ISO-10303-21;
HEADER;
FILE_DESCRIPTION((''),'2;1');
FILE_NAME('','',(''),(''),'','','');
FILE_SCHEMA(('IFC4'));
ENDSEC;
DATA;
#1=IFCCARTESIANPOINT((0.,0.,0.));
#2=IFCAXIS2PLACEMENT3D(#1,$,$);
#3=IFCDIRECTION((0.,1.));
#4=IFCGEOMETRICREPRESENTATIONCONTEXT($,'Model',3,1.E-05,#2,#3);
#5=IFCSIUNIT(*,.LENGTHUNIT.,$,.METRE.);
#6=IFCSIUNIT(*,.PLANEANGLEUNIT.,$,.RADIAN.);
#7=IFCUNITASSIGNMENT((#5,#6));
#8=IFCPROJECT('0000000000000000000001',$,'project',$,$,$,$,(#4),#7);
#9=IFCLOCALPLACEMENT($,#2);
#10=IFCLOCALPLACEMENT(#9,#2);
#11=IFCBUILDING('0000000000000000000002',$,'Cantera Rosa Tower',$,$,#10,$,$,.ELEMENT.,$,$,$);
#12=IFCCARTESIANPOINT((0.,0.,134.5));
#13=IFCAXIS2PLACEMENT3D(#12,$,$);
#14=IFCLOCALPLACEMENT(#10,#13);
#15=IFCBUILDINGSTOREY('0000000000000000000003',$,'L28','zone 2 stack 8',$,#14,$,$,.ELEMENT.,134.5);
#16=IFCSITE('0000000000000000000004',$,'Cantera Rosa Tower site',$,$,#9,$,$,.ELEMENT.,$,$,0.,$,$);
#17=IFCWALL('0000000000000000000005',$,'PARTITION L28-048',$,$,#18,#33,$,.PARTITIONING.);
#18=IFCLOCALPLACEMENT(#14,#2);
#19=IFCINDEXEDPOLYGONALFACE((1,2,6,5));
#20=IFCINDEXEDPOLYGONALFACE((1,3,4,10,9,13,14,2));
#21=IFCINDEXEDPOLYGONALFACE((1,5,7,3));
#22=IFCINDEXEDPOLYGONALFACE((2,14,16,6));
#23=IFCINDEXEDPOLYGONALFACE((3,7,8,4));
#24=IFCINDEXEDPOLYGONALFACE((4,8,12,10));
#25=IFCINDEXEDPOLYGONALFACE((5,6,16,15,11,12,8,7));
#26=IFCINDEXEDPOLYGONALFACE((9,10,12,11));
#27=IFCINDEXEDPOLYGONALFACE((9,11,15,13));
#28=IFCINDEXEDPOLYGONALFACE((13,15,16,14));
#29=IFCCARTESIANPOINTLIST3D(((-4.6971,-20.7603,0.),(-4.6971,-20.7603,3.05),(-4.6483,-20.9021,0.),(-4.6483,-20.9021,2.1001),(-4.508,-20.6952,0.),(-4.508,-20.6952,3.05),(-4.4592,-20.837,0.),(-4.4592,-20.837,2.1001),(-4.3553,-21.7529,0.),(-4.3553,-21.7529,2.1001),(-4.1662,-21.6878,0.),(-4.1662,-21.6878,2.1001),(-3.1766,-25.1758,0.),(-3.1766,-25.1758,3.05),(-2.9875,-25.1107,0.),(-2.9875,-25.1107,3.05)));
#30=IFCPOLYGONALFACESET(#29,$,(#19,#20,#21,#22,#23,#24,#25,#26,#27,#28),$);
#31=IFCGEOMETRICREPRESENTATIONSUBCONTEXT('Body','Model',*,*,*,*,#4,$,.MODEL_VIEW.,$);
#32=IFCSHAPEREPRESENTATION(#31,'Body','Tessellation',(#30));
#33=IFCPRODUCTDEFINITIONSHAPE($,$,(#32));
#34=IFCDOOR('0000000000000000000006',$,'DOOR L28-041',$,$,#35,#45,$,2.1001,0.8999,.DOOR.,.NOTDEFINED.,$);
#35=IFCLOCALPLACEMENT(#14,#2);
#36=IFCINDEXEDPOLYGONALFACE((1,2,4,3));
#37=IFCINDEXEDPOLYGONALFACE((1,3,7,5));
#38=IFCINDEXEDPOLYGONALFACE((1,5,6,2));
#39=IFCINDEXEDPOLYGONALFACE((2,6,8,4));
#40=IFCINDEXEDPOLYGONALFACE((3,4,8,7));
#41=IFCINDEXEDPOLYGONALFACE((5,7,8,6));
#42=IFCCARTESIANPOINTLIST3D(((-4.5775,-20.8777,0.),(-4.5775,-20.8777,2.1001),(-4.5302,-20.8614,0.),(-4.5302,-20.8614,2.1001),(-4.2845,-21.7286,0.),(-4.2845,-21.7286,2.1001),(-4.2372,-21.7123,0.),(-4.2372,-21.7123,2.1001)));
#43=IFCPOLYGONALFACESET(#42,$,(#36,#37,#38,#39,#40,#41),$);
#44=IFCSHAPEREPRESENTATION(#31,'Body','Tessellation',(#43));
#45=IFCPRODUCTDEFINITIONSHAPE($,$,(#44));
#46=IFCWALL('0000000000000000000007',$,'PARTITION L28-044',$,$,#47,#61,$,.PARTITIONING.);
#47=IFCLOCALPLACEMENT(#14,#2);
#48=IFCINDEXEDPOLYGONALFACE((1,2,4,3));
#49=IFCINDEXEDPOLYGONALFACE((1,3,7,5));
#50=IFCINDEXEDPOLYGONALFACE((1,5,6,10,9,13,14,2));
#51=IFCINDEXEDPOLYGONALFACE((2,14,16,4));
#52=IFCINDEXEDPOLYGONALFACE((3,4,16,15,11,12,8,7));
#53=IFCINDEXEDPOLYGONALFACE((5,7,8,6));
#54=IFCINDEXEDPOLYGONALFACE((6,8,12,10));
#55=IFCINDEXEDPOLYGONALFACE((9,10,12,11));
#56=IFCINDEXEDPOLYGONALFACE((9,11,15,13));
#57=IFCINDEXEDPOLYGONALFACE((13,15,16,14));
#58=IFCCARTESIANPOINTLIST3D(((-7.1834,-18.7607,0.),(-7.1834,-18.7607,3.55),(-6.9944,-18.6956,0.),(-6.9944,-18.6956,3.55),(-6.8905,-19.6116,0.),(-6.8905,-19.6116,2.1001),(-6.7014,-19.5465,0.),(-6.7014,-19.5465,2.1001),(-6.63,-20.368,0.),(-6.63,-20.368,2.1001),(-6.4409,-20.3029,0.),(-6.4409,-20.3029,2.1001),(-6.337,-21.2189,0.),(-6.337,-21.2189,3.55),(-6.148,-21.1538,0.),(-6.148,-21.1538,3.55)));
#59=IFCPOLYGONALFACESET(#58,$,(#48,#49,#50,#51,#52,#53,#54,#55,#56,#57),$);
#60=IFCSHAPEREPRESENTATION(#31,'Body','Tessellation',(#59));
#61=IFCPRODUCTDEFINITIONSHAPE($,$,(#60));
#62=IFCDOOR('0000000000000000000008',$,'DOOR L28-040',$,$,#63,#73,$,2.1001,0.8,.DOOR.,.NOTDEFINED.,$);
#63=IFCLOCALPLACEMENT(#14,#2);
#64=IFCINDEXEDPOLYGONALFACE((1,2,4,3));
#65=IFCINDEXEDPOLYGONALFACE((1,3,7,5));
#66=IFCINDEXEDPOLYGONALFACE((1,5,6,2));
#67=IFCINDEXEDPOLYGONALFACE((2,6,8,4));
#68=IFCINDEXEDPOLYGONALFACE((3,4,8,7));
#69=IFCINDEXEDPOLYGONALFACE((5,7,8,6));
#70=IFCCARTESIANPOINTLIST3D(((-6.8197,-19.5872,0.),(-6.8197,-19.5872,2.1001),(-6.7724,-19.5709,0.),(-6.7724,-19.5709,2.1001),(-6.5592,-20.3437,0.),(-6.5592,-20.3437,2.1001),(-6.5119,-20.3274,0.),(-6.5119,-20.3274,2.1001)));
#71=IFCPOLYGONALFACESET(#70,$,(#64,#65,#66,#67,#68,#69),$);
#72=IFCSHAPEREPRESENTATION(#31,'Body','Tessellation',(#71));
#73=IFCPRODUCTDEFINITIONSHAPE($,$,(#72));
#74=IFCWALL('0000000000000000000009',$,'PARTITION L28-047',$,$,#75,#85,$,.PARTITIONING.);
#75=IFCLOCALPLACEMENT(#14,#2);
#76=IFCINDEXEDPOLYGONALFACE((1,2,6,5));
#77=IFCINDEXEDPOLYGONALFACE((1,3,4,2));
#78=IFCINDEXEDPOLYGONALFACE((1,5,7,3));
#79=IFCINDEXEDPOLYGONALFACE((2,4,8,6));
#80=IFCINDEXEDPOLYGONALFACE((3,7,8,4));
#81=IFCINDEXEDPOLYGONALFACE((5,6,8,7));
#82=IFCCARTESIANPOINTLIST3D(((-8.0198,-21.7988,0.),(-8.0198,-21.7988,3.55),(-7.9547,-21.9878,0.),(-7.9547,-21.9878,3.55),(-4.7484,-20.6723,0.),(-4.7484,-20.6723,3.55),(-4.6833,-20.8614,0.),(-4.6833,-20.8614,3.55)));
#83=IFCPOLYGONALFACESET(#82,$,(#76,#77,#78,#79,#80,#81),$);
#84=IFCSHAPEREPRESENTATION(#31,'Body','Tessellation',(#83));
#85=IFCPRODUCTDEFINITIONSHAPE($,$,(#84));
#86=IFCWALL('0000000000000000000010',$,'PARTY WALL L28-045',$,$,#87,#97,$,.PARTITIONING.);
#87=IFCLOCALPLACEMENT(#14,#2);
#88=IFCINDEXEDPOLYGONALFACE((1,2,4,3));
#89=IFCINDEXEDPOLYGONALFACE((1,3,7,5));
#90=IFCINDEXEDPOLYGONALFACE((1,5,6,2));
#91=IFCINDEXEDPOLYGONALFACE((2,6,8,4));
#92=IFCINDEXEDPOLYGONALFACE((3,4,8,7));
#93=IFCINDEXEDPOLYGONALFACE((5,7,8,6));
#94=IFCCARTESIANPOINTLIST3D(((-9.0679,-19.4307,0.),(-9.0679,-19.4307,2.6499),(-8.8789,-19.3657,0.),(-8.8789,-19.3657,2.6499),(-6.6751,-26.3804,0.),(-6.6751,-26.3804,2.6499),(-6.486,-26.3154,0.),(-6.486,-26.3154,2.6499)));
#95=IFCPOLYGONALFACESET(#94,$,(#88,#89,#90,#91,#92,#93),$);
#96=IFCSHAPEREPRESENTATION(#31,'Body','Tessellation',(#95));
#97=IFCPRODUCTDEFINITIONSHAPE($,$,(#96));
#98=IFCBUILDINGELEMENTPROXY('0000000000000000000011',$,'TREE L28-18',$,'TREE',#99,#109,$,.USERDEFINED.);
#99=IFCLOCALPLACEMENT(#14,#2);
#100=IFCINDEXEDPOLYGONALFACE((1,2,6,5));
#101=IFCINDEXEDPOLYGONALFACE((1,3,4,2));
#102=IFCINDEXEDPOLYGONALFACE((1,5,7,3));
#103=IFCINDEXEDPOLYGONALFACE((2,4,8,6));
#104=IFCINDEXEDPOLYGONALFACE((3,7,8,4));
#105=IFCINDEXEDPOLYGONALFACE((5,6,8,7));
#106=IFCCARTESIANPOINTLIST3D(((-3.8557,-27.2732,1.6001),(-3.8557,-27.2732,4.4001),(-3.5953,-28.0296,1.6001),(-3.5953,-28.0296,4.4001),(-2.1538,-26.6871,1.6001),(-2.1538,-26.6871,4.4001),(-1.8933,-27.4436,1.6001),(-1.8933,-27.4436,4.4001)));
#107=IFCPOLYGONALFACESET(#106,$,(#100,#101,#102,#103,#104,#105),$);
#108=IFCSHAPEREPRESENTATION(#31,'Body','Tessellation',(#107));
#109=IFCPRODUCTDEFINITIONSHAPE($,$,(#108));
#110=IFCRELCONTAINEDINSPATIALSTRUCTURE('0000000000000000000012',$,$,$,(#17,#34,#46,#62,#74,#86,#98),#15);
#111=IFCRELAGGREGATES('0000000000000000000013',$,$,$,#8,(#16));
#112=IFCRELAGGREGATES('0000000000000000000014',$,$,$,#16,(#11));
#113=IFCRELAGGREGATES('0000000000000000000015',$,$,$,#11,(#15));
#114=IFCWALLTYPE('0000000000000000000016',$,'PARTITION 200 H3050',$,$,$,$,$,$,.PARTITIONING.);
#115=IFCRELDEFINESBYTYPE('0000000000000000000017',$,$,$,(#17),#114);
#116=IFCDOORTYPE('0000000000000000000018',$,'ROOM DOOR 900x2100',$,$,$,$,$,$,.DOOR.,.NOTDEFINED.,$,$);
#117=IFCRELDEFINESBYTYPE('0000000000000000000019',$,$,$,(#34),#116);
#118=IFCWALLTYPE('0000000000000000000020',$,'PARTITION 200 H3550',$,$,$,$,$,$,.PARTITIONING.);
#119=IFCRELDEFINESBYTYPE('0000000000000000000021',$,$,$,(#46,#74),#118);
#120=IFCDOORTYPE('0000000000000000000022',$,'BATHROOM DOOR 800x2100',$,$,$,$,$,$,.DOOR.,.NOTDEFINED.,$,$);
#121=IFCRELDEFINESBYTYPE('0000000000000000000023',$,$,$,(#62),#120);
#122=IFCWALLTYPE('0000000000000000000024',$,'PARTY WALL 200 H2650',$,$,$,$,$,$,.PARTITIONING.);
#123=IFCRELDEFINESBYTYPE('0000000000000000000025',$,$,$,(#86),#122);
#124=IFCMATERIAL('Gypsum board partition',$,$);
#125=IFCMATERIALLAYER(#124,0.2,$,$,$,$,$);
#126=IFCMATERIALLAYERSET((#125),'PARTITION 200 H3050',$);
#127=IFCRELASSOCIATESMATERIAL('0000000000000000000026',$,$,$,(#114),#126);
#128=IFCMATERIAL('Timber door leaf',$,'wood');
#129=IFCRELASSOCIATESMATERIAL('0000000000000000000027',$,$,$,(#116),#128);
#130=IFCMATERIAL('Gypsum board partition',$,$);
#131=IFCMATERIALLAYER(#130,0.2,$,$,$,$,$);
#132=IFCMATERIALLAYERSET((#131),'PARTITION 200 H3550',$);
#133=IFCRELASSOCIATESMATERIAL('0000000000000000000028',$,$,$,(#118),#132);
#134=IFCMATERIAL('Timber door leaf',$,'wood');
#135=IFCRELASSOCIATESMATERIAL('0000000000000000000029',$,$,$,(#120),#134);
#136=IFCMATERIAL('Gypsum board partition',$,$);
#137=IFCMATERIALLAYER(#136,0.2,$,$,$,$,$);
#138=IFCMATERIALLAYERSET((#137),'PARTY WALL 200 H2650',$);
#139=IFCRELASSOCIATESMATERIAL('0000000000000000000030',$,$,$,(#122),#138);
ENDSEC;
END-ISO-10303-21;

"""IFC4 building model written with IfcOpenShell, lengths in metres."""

from ifc_helpers import new_model, si_unit, direction, frame, frame_2d, origin, origin_2d, place, context, subcontext, project, spatial, rectangle, extrude, material, layer, layer_set, type_object, element, fill, save


model = new_model("IFC4")

# Units and contexts
model_context = context("Model", 3, precision=1e-05, world=origin(), true_north=direction((0.0, 1.0)))
body_context = subcontext(model_context, "Body", "Model", "MODEL_VIEW")
ifc_project = project(units=[si_unit("LENGTHUNIT", "METRE"), si_unit("PLANEANGLEUNIT", "RADIAN")], contexts=[model_context])

# Site, building, storey
site_placement = place(None, origin())
site = spatial("IfcSite", under=ifc_project, at=site_placement, Name="Cantera Rosa Tower site", CompositionType="ELEMENT", RefElevation=0.0)
building_placement = place(site_placement, origin())
building = spatial("IfcBuilding", under=site, at=building_placement, Name="Cantera Rosa Tower", CompositionType="ELEMENT")
storey_placement = place(building_placement, frame((0.0, 0.0, 134.5)))
storey = spatial("IfcBuildingStorey", under=building, at=storey_placement, Name="L28", Description="zone 2 stack 8", CompositionType="ELEMENT", Elevation=134.5)

# Walls, openings, doors
ifc_material_1 = material(Name="Gypsum board partition")
ifc_layer_1 = layer(ifc_material_1, 0.2)
ifc_layer_set_1 = layer_set([ifc_layer_1], Name="PARTITION 200 H3050")
wall_type_1 = type_object("IfcWallType", Name="PARTITION 200 H3050", PredefinedType="PARTITIONING", material=ifc_layer_set_1)
wall_1_placement = place(storey_placement, frame((-4.6025, -20.7278, 0.0), z_axis=(0.0, 0.0, 1.0), x_axis=(0.325591, -0.945511, 0.0)))
wall_1 = element("IfcWall", 1, at=wall_1_placement, inside=storey, type_object=wall_type_1, Name="PARTITION L28-048", PredefinedType="PARTITIONING", context=body_context, shape_type="SweptSolid", body=[
    extrude(rectangle(XDim=4.6699, YDim=0.2, at=frame_2d((2.335, 0.0))), origin(), (0.0, 0.0, 1.0), 3.05),
])
opening_1_placement = place(wall_1_placement, frame((0.1499, 0.0, 0.0)))
opening_1 = element("IfcOpeningElement", 2, at=opening_1_placement, cuts=wall_1, PredefinedType="OPENING", context=body_context, shape_type="SweptSolid", body=[
    extrude(rectangle(XDim=0.8999, YDim=2.1001, at=frame_2d((0.45, 1.05))), frame((0.0, 0.1099, 0.0), z_axis=(0.0, -1.0, 0.0), x_axis=(1.0, 0.0, 0.0)), (0.0, 0.0, 1.0), 0.22),
])
ifc_material_2 = material(Name="Timber door leaf", Category="wood")
door_type_1 = type_object("IfcDoorType", Name="ROOM DOOR 900x2100", OperationType="NOTDEFINED", PredefinedType="DOOR", material=ifc_material_2)
door_1_placement = place(opening_1_placement, origin())
door_1 = element("IfcDoor", 3, at=door_1_placement, inside=storey, type_object=door_type_1, Name="DOOR L28-041", OperationType="NOTDEFINED", OverallHeight=2.1001, OverallWidth=0.8999, PredefinedType="DOOR", context=body_context, shape_type="SweptSolid", body=[
    extrude(rectangle(XDim=0.8999, YDim=2.1001, at=frame_2d((0.45, 1.05))), frame((0.0, 0.0249, 0.0), z_axis=(0.0, -1.0, 0.0), x_axis=(1.0, 0.0, 0.0)), (0.0, 0.0, 1.0), 0.05),
])
fill(opening_1, door_1)
ifc_material_3 = material(Name="Gypsum board partition")
ifc_layer_2 = layer(ifc_material_3, 0.2)
ifc_layer_set_2 = layer_set([ifc_layer_2], Name="PARTITION 200 H3550")
wall_type_2 = type_object("IfcWallType", Name="PARTITION 200 H3550", PredefinedType="PARTITIONING", material=ifc_layer_set_2)
wall_2_placement = place(storey_placement, frame((-7.0889, -18.7283, 0.0), z_axis=(0.0, 0.0, 1.0), x_axis=(0.325565, -0.94552, 0.0)))
wall_2 = element("IfcWall", 4, at=wall_2_placement, inside=storey, type_object=wall_type_2, Name="PARTITION L28-044", PredefinedType="PARTITIONING", context=body_context, shape_type="SweptSolid", body=[
    extrude(rectangle(XDim=2.5999, YDim=0.2, at=frame_2d((1.2998, 0.0))), origin(), (0.0, 0.0, 1.0), 3.55),
])
opening_2_placement = place(wall_2_placement, frame((0.8999, 0.0, 0.0)))
opening_2 = element("IfcOpeningElement", 5, at=opening_2_placement, cuts=wall_2, PredefinedType="OPENING", context=body_context, shape_type="SweptSolid", body=[
    extrude(rectangle(XDim=0.8, YDim=2.1001, at=frame_2d((0.3999, 1.05))), frame((0.0, 0.1099, 0.0), z_axis=(0.0, -1.0, 0.0), x_axis=(1.0, 0.0, 0.0)), (0.0, 0.0, 1.0), 0.22),
])
ifc_material_4 = material(Name="Timber door leaf", Category="wood")
door_type_2 = type_object("IfcDoorType", Name="BATHROOM DOOR 800x2100", OperationType="NOTDEFINED", PredefinedType="DOOR", material=ifc_material_4)
door_2_placement = place(opening_2_placement, origin())
door_2 = element("IfcDoor", 6, at=door_2_placement, inside=storey, type_object=door_type_2, Name="DOOR L28-040", OperationType="NOTDEFINED", OverallHeight=2.1001, OverallWidth=0.8, PredefinedType="DOOR", context=body_context, shape_type="SweptSolid", body=[
    extrude(rectangle(XDim=0.8, YDim=2.1001, at=frame_2d((0.3999, 1.05))), frame((0.0, 0.0249, 0.0), z_axis=(0.0, -1.0, 0.0), x_axis=(1.0, 0.0, 0.0)), (0.0, 0.0, 1.0), 0.05),
])
fill(opening_2, door_2)

# Walls
wall_3_placement = place(storey_placement, frame((-4.7158, -20.7668, 0.0), z_axis=(0.0, 0.0, 1.0), x_axis=(-0.945518, -0.325569, 0.0)))
element("IfcWall", 7, at=wall_3_placement, inside=storey, type_object=wall_type_2, Name="PARTITION L28-047", PredefinedType="PARTITIONING", context=body_context, shape_type="SweptSolid", body=[
    extrude(rectangle(XDim=3.46, YDim=0.2, at=frame_2d((1.73, 0.0))), origin(), (0.0, 0.0, 1.0), 3.55),
])
ifc_material_5 = material(Name="Gypsum board partition")
ifc_layer_3 = layer(ifc_material_5, 0.2)
ifc_layer_set_3 = layer_set([ifc_layer_3], Name="PARTY WALL 200 H2650")
wall_type_3 = type_object("IfcWallType", Name="PARTY WALL 200 H2650", PredefinedType="PARTITIONING", material=ifc_layer_set_3)
wall_4_placement = place(storey_placement, frame((-6.5806, -26.3479, 0.0), z_axis=(0.0, 0.0, 1.0), x_axis=(-0.325549, 0.945525, 0.0)))
element("IfcWall", 8, at=wall_4_placement, inside=storey, type_object=wall_type_3, Name="PARTY WALL L28-045", PredefinedType="PARTITIONING", context=body_context, shape_type="SweptSolid", body=[
    extrude(rectangle(XDim=7.3501, YDim=0.2, at=frame_2d((3.675, 0.0))), origin(), (0.0, 0.0, 1.0), 2.6499),
])

# Building element proxy
proxy_placement = place(storey_placement, frame((-2.8745, -27.3584, 1.6001), z_axis=(0.0, 0.0, 1.0), x_axis=(0.945519, 0.325568, 0.0)))
element("IfcBuildingElementProxy", 9, at=proxy_placement, inside=storey, Name="TREE L28-18", ObjectType="TREE", PredefinedType="USERDEFINED", context=body_context, shape_type="SweptSolid", body=[
    extrude(rectangle(XDim=1.8, YDim=0.8, at=origin_2d()), origin(), (0.0, 0.0, 1.0), 2.8),
])

save(model, "model.ifc")
